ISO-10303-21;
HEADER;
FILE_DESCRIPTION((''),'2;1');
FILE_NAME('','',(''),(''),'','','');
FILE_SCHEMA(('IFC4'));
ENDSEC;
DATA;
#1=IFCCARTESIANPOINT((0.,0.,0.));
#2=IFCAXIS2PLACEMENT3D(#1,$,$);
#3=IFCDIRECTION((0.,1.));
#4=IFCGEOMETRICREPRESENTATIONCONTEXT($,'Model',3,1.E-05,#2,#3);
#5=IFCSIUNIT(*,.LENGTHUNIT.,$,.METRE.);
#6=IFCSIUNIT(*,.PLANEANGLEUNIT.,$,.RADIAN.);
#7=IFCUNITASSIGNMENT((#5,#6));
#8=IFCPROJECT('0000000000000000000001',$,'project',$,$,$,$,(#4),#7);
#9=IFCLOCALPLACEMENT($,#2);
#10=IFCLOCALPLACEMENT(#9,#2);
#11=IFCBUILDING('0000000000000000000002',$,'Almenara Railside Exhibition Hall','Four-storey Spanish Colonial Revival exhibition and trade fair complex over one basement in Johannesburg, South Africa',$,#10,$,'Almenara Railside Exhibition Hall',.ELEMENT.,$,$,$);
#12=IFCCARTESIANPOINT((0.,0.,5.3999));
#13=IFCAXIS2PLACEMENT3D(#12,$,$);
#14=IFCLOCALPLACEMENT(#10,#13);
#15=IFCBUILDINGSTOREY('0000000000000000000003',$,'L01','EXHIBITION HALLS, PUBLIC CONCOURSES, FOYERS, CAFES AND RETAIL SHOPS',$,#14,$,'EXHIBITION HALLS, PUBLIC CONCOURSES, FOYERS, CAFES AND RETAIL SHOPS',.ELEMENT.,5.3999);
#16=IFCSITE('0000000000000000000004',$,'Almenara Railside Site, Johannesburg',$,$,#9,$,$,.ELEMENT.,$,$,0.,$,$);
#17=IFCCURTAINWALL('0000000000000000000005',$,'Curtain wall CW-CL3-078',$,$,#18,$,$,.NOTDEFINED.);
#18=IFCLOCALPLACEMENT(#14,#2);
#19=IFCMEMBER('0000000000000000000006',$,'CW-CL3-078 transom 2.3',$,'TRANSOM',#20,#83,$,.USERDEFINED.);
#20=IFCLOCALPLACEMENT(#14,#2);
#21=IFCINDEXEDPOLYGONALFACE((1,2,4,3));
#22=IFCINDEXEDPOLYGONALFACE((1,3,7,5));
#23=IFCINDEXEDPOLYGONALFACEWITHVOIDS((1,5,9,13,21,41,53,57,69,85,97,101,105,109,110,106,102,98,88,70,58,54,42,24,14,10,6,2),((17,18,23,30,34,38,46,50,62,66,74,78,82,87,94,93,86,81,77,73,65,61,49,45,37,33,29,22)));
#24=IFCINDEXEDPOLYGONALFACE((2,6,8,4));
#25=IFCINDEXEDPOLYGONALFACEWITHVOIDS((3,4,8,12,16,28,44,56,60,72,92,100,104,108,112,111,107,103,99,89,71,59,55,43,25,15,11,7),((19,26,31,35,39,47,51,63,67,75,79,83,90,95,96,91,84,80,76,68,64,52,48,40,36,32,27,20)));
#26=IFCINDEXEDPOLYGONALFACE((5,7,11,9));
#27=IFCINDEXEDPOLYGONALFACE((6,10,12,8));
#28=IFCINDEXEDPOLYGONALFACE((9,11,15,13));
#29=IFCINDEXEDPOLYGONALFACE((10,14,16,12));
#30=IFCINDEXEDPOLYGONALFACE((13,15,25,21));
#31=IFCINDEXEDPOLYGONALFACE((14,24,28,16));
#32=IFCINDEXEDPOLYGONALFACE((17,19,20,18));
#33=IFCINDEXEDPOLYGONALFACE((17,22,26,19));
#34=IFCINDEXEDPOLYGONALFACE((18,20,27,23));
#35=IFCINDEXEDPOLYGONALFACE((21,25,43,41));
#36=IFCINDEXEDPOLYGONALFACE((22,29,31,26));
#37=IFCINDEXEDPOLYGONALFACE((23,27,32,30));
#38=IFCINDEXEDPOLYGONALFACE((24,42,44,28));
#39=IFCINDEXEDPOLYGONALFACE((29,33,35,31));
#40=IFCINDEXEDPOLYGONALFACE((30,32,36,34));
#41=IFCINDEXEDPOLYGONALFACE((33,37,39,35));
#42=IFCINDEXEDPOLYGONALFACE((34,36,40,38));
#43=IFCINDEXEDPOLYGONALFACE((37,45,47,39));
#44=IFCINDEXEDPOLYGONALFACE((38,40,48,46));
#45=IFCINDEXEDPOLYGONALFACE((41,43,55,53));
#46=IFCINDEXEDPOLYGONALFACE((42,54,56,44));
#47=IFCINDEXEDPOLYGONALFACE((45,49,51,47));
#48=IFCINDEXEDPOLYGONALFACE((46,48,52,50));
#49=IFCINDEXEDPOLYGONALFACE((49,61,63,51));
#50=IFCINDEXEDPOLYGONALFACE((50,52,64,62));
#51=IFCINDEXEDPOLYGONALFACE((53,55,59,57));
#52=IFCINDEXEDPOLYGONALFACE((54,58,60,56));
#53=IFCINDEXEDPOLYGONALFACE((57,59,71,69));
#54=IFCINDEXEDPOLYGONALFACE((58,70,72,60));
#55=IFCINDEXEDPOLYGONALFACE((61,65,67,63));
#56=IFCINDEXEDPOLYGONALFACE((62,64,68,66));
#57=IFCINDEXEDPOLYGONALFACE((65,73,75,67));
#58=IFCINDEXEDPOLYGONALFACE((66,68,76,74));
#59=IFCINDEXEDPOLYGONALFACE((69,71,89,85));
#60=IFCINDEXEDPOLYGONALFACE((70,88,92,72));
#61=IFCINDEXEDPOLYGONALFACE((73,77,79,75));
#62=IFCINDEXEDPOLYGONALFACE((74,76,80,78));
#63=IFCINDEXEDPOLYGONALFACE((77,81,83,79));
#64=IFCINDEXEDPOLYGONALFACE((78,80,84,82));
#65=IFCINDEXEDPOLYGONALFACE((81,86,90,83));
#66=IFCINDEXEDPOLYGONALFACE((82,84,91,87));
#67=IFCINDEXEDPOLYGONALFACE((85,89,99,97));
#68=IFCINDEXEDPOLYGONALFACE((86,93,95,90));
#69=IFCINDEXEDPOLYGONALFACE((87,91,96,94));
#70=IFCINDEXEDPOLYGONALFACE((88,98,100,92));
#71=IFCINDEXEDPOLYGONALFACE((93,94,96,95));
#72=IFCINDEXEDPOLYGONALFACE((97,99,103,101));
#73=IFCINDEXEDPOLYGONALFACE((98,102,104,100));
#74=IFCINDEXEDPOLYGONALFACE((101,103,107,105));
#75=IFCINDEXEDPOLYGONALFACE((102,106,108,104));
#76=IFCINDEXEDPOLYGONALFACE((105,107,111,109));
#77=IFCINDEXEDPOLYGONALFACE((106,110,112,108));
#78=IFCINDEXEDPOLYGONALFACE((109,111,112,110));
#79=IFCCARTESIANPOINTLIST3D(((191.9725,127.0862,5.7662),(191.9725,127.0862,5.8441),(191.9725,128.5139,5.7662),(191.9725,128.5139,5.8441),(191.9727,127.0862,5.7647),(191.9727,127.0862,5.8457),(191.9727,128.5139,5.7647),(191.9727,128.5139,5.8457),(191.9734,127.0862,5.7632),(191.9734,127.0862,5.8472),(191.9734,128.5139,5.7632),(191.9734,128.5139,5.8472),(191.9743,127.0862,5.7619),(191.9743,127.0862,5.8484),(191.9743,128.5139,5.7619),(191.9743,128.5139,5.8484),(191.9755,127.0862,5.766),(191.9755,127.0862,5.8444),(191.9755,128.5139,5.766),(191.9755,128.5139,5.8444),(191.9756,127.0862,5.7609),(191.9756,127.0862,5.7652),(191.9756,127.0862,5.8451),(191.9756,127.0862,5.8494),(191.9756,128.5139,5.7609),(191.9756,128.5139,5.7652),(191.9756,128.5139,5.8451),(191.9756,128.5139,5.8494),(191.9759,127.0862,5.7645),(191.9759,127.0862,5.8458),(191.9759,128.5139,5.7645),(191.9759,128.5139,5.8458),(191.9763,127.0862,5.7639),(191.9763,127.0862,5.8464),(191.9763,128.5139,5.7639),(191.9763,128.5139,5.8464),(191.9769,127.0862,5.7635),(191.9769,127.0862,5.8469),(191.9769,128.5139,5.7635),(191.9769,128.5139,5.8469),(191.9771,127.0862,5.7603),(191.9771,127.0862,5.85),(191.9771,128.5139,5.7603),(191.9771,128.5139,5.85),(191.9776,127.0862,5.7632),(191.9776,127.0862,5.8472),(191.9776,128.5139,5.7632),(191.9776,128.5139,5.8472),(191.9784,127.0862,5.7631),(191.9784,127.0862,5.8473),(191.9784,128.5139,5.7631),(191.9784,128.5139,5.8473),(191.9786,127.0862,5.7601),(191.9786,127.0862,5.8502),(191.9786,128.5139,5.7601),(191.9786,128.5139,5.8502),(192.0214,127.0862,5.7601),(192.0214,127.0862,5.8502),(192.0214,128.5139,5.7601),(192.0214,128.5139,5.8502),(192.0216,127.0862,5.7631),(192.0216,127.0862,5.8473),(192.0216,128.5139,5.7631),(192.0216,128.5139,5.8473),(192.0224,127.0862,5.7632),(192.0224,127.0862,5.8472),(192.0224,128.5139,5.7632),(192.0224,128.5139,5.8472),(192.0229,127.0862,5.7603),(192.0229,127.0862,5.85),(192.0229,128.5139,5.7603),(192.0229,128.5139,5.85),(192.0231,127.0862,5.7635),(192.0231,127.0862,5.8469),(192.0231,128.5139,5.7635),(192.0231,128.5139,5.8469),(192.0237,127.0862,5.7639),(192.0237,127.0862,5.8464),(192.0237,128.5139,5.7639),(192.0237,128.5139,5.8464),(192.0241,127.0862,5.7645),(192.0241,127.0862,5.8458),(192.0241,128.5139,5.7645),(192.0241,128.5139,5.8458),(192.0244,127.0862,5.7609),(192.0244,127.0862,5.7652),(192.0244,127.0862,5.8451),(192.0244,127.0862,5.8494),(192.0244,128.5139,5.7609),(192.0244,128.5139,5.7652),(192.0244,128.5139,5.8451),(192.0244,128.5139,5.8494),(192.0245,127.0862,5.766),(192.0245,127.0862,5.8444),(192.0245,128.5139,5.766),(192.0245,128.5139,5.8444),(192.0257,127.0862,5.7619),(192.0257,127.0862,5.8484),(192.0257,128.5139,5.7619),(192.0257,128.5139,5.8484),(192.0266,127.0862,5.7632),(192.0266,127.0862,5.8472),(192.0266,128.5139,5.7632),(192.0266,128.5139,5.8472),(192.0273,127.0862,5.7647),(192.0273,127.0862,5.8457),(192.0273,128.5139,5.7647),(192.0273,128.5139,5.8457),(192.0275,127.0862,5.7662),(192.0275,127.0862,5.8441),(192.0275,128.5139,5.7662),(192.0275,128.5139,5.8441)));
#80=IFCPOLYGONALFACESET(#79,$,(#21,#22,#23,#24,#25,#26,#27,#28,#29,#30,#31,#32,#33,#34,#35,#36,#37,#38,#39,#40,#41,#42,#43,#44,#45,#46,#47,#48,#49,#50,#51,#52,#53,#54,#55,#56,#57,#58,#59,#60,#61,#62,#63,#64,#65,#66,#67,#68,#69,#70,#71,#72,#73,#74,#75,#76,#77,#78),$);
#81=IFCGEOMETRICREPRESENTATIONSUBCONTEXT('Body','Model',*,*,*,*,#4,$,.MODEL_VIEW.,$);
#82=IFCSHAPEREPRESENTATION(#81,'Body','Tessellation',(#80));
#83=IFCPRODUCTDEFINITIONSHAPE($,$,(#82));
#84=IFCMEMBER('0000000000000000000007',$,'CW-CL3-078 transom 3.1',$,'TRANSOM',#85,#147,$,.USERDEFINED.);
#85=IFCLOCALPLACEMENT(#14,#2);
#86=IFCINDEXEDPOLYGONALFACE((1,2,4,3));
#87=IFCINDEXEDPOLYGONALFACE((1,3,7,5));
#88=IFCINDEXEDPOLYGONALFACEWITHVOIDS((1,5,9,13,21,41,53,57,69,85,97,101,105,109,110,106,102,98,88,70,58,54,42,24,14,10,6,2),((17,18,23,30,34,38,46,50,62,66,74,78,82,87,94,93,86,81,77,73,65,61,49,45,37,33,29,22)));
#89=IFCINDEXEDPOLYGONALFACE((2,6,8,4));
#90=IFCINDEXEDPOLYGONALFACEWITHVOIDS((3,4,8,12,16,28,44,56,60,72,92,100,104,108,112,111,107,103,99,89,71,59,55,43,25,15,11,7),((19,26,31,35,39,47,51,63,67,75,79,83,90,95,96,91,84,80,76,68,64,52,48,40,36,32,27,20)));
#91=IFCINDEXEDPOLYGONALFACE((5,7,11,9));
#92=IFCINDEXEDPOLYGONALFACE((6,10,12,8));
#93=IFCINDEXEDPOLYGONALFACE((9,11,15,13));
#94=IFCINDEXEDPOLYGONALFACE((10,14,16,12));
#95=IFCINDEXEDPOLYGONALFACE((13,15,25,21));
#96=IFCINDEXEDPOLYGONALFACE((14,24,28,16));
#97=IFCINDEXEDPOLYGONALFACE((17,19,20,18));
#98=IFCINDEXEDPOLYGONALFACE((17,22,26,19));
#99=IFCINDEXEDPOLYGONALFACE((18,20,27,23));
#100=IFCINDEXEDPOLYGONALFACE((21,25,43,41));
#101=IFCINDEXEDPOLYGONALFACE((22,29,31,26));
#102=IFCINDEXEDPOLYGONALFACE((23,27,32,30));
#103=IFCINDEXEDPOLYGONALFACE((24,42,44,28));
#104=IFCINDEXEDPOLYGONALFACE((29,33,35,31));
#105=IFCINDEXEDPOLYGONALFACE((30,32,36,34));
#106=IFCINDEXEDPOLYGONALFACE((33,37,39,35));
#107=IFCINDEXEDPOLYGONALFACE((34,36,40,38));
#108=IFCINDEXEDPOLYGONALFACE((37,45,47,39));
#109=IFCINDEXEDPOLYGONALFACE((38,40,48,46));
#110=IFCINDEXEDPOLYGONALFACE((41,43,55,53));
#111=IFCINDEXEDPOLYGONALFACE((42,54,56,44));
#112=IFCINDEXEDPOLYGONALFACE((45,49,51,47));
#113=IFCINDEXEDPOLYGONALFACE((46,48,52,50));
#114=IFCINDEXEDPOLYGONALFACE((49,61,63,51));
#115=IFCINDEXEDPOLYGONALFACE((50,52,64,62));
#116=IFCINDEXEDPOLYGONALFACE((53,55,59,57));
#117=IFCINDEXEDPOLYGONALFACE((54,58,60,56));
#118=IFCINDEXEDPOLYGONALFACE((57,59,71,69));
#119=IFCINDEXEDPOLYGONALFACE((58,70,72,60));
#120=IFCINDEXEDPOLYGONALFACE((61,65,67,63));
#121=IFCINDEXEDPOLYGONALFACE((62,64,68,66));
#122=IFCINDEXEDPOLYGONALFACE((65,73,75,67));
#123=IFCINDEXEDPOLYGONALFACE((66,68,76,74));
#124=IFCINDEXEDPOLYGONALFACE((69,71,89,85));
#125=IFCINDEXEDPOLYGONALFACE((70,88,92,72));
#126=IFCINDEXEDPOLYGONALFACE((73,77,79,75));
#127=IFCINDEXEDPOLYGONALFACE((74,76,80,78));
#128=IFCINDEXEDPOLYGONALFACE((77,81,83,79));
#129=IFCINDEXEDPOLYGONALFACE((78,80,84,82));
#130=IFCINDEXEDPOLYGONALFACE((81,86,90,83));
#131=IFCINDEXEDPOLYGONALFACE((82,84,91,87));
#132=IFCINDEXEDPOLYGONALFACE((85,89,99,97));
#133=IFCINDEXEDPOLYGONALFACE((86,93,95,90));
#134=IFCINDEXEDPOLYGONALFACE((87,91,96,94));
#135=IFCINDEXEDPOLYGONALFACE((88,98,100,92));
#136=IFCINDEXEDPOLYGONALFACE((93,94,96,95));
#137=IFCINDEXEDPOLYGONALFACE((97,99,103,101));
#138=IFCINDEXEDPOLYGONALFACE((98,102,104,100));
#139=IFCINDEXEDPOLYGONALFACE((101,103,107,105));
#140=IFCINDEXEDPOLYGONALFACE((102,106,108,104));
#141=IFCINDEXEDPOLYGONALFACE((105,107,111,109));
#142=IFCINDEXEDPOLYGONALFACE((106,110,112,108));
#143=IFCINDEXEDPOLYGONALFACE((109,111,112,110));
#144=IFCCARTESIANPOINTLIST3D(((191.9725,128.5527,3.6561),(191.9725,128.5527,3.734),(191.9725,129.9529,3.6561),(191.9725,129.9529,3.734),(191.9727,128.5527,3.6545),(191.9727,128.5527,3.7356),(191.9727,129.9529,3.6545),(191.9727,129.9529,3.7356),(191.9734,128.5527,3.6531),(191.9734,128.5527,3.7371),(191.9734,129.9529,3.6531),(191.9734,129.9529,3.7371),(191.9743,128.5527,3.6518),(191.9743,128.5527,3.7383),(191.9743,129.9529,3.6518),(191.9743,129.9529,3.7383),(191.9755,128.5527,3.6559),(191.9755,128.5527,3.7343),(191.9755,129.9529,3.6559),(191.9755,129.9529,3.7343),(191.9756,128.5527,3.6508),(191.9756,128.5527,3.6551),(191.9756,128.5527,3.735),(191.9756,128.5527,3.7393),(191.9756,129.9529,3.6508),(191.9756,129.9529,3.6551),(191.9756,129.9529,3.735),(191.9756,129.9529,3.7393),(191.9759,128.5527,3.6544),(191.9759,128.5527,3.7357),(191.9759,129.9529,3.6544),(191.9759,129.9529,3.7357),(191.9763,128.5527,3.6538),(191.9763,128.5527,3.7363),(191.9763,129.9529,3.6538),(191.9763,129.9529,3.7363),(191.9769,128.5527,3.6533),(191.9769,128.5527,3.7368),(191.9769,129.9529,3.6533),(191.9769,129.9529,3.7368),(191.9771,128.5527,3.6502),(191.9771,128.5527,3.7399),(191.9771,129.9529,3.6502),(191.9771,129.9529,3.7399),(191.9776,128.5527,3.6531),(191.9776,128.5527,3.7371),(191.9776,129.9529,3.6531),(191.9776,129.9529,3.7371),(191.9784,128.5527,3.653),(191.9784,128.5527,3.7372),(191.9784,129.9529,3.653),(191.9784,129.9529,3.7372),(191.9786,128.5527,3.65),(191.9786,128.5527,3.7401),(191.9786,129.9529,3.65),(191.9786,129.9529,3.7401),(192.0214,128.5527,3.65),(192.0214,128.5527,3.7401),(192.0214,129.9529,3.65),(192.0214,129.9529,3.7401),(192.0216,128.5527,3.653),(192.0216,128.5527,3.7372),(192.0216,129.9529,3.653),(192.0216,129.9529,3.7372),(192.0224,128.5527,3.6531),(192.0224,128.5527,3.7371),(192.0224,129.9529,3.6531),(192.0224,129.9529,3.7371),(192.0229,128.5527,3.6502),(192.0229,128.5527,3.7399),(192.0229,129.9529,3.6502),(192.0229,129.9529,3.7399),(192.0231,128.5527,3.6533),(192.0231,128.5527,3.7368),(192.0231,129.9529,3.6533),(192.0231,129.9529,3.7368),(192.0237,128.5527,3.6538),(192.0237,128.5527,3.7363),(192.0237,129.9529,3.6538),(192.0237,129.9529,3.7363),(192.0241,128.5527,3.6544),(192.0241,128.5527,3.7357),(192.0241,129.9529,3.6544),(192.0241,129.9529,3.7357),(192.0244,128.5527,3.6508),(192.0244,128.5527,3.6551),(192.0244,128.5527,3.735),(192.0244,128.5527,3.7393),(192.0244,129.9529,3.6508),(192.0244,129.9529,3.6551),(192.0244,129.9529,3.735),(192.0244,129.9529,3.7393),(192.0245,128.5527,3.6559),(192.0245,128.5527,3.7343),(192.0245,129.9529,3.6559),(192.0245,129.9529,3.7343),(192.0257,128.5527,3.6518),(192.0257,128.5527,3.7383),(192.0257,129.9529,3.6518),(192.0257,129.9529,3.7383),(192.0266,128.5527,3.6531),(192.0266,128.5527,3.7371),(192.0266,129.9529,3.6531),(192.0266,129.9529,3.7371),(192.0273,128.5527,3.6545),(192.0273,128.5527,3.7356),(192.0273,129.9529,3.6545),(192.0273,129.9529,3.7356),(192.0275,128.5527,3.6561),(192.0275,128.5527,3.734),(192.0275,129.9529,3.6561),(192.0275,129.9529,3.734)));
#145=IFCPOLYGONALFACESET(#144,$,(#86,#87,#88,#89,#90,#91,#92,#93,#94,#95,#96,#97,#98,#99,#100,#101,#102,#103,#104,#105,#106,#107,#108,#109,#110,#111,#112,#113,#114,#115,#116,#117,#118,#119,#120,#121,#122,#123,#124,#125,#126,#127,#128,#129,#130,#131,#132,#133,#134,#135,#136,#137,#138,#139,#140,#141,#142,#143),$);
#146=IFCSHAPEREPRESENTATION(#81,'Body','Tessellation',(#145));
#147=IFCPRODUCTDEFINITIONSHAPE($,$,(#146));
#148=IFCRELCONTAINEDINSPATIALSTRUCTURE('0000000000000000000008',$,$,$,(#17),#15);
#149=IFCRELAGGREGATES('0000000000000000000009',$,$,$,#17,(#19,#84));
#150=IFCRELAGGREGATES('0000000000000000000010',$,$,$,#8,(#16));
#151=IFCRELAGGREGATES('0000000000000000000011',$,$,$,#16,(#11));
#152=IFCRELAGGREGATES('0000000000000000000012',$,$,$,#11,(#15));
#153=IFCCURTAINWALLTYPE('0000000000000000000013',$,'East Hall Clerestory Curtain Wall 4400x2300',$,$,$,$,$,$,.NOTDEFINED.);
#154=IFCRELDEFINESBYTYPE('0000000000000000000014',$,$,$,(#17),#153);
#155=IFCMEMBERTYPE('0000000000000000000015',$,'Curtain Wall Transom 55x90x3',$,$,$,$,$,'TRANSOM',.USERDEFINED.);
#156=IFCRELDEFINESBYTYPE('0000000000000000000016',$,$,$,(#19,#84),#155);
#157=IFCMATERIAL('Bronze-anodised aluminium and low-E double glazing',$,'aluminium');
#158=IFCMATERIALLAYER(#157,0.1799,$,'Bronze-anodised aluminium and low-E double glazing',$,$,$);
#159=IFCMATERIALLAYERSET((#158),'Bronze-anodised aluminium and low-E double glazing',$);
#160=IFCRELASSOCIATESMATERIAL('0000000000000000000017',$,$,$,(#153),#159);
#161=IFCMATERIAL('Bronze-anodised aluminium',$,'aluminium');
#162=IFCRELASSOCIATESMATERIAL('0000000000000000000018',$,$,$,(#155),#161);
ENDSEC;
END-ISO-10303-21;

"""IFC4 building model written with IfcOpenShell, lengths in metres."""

from ifc_helpers import new_model, si_unit, direction, frame, origin, origin_2d, place, context, subcontext, project, spatial, hollow_rectangle, extrude, material, layer, layer_set, material_profile, profile_set, type_object, element, aggregate, save


model = new_model("IFC4")

# Units and contexts
model_context = context("Model", 3, precision=1e-05, world=origin(), true_north=direction((0.0, 1.0)))
body_context = subcontext(model_context, "Body", "Model", "MODEL_VIEW")
ifc_project = project(units=[si_unit("LENGTHUNIT", "METRE"), si_unit("PLANEANGLEUNIT", "RADIAN")], contexts=[model_context])

# Site, building, storey
site_placement = place(None, origin())
site = spatial("IfcSite", under=ifc_project, at=site_placement, Name="Almenara Railside Site, Johannesburg", CompositionType="ELEMENT", RefElevation=0.0)
building_placement = place(site_placement, origin())
building = spatial("IfcBuilding", under=site, at=building_placement, Name="Almenara Railside Exhibition Hall", Description="Four-storey Spanish Colonial Revival exhibition and trade fair complex over one basement in Johannesburg, South Africa", LongName="Almenara Railside Exhibition Hall", CompositionType="ELEMENT")
storey_placement = place(building_placement, frame((0.0, 0.0, 5.3999)))
storey = spatial("IfcBuildingStorey", under=building, at=storey_placement, Name="L01", Description="EXHIBITION HALLS, PUBLIC CONCOURSES, FOYERS, CAFES AND RETAIL SHOPS", LongName="EXHIBITION HALLS, PUBLIC CONCOURSES, FOYERS, CAFES AND RETAIL SHOPS", CompositionType="ELEMENT", Elevation=5.3999)

# Curtain wall
ifc_material_1 = material(Name="Bronze-anodised aluminium and low-E double glazing", Category="aluminium")
ifc_layer_1 = layer(ifc_material_1, 0.1799, Name="Bronze-anodised aluminium and low-E double glazing")
ifc_layer_set_1 = layer_set([ifc_layer_1], Name="Bronze-anodised aluminium and low-E double glazing")
curtain_wall_type = type_object("IfcCurtainWallType", Name="East Hall Clerestory Curtain Wall 4400x2300", PredefinedType="NOTDEFINED", material=ifc_layer_set_1)
curtain_wall_1_placement = place(storey_placement, origin())
curtain_wall_1 = element("IfcCurtainWall", 1, at=curtain_wall_1_placement, inside=storey, type_object=curtain_wall_type, Name="Curtain wall CW-CL3-078", PredefinedType="NOTDEFINED")
ifc_material_2 = material(Name="Bronze-anodised aluminium", Category="aluminium")

# Members
ifc_material_profile_1 = material_profile(ifc_material_2, hollow_rectangle(XDim=0.0549, YDim=0.0901, WallThickness=0.0029, InnerFilletRadius=0.0029, OuterFilletRadius=0.0061, at=origin_2d()), Name="ALU-TRN 55x90x3")
ifc_profile_set_1 = profile_set([ifc_material_profile_1], Name="Bronze-anodised aluminium")
member_type_1 = type_object("IfcMemberType", Name="Curtain Wall Transom 55x90x3", ElementType="TRANSOM", PredefinedType="USERDEFINED", material=ifc_profile_set_1)
member_1_placement = place(storey_placement, frame((192.0, 127.0862, 5.8052), z_axis=(0.0, 1.0, 0.0), x_axis=(-1.0, 0.0, 0.0)))
member_1 = element("IfcMember", 2, at=member_1_placement, type_object=member_type_1, Name="CW-CL3-078 transom 2.3", ObjectType="TRANSOM", PredefinedType="USERDEFINED", context=body_context, shape_type="SweptSolid", body=[
    extrude(hollow_rectangle(XDim=0.0549, YDim=0.0901, WallThickness=0.0029, InnerFilletRadius=0.0029, OuterFilletRadius=0.0061, at=origin_2d()), origin(), (0.0, 0.0, 1.0), 1.4277),
])
member_2_placement = place(storey_placement, frame((192.0, 128.5527, 3.6951), z_axis=(0.0, 1.0, 0.0), x_axis=(-1.0, 0.0, 0.0)))
member_2 = element("IfcMember", 3, at=member_2_placement, type_object=member_type_1, Name="CW-CL3-078 transom 3.1", ObjectType="TRANSOM", PredefinedType="USERDEFINED", context=body_context, shape_type="SweptSolid", body=[
    extrude(hollow_rectangle(XDim=0.0549, YDim=0.0901, WallThickness=0.0029, InnerFilletRadius=0.0029, OuterFilletRadius=0.0061, at=origin_2d()), origin(), (0.0, 0.0, 1.0), 1.4001),
])

aggregate(curtain_wall_1, [member_1, member_2])

save(model, "model.ifc")
